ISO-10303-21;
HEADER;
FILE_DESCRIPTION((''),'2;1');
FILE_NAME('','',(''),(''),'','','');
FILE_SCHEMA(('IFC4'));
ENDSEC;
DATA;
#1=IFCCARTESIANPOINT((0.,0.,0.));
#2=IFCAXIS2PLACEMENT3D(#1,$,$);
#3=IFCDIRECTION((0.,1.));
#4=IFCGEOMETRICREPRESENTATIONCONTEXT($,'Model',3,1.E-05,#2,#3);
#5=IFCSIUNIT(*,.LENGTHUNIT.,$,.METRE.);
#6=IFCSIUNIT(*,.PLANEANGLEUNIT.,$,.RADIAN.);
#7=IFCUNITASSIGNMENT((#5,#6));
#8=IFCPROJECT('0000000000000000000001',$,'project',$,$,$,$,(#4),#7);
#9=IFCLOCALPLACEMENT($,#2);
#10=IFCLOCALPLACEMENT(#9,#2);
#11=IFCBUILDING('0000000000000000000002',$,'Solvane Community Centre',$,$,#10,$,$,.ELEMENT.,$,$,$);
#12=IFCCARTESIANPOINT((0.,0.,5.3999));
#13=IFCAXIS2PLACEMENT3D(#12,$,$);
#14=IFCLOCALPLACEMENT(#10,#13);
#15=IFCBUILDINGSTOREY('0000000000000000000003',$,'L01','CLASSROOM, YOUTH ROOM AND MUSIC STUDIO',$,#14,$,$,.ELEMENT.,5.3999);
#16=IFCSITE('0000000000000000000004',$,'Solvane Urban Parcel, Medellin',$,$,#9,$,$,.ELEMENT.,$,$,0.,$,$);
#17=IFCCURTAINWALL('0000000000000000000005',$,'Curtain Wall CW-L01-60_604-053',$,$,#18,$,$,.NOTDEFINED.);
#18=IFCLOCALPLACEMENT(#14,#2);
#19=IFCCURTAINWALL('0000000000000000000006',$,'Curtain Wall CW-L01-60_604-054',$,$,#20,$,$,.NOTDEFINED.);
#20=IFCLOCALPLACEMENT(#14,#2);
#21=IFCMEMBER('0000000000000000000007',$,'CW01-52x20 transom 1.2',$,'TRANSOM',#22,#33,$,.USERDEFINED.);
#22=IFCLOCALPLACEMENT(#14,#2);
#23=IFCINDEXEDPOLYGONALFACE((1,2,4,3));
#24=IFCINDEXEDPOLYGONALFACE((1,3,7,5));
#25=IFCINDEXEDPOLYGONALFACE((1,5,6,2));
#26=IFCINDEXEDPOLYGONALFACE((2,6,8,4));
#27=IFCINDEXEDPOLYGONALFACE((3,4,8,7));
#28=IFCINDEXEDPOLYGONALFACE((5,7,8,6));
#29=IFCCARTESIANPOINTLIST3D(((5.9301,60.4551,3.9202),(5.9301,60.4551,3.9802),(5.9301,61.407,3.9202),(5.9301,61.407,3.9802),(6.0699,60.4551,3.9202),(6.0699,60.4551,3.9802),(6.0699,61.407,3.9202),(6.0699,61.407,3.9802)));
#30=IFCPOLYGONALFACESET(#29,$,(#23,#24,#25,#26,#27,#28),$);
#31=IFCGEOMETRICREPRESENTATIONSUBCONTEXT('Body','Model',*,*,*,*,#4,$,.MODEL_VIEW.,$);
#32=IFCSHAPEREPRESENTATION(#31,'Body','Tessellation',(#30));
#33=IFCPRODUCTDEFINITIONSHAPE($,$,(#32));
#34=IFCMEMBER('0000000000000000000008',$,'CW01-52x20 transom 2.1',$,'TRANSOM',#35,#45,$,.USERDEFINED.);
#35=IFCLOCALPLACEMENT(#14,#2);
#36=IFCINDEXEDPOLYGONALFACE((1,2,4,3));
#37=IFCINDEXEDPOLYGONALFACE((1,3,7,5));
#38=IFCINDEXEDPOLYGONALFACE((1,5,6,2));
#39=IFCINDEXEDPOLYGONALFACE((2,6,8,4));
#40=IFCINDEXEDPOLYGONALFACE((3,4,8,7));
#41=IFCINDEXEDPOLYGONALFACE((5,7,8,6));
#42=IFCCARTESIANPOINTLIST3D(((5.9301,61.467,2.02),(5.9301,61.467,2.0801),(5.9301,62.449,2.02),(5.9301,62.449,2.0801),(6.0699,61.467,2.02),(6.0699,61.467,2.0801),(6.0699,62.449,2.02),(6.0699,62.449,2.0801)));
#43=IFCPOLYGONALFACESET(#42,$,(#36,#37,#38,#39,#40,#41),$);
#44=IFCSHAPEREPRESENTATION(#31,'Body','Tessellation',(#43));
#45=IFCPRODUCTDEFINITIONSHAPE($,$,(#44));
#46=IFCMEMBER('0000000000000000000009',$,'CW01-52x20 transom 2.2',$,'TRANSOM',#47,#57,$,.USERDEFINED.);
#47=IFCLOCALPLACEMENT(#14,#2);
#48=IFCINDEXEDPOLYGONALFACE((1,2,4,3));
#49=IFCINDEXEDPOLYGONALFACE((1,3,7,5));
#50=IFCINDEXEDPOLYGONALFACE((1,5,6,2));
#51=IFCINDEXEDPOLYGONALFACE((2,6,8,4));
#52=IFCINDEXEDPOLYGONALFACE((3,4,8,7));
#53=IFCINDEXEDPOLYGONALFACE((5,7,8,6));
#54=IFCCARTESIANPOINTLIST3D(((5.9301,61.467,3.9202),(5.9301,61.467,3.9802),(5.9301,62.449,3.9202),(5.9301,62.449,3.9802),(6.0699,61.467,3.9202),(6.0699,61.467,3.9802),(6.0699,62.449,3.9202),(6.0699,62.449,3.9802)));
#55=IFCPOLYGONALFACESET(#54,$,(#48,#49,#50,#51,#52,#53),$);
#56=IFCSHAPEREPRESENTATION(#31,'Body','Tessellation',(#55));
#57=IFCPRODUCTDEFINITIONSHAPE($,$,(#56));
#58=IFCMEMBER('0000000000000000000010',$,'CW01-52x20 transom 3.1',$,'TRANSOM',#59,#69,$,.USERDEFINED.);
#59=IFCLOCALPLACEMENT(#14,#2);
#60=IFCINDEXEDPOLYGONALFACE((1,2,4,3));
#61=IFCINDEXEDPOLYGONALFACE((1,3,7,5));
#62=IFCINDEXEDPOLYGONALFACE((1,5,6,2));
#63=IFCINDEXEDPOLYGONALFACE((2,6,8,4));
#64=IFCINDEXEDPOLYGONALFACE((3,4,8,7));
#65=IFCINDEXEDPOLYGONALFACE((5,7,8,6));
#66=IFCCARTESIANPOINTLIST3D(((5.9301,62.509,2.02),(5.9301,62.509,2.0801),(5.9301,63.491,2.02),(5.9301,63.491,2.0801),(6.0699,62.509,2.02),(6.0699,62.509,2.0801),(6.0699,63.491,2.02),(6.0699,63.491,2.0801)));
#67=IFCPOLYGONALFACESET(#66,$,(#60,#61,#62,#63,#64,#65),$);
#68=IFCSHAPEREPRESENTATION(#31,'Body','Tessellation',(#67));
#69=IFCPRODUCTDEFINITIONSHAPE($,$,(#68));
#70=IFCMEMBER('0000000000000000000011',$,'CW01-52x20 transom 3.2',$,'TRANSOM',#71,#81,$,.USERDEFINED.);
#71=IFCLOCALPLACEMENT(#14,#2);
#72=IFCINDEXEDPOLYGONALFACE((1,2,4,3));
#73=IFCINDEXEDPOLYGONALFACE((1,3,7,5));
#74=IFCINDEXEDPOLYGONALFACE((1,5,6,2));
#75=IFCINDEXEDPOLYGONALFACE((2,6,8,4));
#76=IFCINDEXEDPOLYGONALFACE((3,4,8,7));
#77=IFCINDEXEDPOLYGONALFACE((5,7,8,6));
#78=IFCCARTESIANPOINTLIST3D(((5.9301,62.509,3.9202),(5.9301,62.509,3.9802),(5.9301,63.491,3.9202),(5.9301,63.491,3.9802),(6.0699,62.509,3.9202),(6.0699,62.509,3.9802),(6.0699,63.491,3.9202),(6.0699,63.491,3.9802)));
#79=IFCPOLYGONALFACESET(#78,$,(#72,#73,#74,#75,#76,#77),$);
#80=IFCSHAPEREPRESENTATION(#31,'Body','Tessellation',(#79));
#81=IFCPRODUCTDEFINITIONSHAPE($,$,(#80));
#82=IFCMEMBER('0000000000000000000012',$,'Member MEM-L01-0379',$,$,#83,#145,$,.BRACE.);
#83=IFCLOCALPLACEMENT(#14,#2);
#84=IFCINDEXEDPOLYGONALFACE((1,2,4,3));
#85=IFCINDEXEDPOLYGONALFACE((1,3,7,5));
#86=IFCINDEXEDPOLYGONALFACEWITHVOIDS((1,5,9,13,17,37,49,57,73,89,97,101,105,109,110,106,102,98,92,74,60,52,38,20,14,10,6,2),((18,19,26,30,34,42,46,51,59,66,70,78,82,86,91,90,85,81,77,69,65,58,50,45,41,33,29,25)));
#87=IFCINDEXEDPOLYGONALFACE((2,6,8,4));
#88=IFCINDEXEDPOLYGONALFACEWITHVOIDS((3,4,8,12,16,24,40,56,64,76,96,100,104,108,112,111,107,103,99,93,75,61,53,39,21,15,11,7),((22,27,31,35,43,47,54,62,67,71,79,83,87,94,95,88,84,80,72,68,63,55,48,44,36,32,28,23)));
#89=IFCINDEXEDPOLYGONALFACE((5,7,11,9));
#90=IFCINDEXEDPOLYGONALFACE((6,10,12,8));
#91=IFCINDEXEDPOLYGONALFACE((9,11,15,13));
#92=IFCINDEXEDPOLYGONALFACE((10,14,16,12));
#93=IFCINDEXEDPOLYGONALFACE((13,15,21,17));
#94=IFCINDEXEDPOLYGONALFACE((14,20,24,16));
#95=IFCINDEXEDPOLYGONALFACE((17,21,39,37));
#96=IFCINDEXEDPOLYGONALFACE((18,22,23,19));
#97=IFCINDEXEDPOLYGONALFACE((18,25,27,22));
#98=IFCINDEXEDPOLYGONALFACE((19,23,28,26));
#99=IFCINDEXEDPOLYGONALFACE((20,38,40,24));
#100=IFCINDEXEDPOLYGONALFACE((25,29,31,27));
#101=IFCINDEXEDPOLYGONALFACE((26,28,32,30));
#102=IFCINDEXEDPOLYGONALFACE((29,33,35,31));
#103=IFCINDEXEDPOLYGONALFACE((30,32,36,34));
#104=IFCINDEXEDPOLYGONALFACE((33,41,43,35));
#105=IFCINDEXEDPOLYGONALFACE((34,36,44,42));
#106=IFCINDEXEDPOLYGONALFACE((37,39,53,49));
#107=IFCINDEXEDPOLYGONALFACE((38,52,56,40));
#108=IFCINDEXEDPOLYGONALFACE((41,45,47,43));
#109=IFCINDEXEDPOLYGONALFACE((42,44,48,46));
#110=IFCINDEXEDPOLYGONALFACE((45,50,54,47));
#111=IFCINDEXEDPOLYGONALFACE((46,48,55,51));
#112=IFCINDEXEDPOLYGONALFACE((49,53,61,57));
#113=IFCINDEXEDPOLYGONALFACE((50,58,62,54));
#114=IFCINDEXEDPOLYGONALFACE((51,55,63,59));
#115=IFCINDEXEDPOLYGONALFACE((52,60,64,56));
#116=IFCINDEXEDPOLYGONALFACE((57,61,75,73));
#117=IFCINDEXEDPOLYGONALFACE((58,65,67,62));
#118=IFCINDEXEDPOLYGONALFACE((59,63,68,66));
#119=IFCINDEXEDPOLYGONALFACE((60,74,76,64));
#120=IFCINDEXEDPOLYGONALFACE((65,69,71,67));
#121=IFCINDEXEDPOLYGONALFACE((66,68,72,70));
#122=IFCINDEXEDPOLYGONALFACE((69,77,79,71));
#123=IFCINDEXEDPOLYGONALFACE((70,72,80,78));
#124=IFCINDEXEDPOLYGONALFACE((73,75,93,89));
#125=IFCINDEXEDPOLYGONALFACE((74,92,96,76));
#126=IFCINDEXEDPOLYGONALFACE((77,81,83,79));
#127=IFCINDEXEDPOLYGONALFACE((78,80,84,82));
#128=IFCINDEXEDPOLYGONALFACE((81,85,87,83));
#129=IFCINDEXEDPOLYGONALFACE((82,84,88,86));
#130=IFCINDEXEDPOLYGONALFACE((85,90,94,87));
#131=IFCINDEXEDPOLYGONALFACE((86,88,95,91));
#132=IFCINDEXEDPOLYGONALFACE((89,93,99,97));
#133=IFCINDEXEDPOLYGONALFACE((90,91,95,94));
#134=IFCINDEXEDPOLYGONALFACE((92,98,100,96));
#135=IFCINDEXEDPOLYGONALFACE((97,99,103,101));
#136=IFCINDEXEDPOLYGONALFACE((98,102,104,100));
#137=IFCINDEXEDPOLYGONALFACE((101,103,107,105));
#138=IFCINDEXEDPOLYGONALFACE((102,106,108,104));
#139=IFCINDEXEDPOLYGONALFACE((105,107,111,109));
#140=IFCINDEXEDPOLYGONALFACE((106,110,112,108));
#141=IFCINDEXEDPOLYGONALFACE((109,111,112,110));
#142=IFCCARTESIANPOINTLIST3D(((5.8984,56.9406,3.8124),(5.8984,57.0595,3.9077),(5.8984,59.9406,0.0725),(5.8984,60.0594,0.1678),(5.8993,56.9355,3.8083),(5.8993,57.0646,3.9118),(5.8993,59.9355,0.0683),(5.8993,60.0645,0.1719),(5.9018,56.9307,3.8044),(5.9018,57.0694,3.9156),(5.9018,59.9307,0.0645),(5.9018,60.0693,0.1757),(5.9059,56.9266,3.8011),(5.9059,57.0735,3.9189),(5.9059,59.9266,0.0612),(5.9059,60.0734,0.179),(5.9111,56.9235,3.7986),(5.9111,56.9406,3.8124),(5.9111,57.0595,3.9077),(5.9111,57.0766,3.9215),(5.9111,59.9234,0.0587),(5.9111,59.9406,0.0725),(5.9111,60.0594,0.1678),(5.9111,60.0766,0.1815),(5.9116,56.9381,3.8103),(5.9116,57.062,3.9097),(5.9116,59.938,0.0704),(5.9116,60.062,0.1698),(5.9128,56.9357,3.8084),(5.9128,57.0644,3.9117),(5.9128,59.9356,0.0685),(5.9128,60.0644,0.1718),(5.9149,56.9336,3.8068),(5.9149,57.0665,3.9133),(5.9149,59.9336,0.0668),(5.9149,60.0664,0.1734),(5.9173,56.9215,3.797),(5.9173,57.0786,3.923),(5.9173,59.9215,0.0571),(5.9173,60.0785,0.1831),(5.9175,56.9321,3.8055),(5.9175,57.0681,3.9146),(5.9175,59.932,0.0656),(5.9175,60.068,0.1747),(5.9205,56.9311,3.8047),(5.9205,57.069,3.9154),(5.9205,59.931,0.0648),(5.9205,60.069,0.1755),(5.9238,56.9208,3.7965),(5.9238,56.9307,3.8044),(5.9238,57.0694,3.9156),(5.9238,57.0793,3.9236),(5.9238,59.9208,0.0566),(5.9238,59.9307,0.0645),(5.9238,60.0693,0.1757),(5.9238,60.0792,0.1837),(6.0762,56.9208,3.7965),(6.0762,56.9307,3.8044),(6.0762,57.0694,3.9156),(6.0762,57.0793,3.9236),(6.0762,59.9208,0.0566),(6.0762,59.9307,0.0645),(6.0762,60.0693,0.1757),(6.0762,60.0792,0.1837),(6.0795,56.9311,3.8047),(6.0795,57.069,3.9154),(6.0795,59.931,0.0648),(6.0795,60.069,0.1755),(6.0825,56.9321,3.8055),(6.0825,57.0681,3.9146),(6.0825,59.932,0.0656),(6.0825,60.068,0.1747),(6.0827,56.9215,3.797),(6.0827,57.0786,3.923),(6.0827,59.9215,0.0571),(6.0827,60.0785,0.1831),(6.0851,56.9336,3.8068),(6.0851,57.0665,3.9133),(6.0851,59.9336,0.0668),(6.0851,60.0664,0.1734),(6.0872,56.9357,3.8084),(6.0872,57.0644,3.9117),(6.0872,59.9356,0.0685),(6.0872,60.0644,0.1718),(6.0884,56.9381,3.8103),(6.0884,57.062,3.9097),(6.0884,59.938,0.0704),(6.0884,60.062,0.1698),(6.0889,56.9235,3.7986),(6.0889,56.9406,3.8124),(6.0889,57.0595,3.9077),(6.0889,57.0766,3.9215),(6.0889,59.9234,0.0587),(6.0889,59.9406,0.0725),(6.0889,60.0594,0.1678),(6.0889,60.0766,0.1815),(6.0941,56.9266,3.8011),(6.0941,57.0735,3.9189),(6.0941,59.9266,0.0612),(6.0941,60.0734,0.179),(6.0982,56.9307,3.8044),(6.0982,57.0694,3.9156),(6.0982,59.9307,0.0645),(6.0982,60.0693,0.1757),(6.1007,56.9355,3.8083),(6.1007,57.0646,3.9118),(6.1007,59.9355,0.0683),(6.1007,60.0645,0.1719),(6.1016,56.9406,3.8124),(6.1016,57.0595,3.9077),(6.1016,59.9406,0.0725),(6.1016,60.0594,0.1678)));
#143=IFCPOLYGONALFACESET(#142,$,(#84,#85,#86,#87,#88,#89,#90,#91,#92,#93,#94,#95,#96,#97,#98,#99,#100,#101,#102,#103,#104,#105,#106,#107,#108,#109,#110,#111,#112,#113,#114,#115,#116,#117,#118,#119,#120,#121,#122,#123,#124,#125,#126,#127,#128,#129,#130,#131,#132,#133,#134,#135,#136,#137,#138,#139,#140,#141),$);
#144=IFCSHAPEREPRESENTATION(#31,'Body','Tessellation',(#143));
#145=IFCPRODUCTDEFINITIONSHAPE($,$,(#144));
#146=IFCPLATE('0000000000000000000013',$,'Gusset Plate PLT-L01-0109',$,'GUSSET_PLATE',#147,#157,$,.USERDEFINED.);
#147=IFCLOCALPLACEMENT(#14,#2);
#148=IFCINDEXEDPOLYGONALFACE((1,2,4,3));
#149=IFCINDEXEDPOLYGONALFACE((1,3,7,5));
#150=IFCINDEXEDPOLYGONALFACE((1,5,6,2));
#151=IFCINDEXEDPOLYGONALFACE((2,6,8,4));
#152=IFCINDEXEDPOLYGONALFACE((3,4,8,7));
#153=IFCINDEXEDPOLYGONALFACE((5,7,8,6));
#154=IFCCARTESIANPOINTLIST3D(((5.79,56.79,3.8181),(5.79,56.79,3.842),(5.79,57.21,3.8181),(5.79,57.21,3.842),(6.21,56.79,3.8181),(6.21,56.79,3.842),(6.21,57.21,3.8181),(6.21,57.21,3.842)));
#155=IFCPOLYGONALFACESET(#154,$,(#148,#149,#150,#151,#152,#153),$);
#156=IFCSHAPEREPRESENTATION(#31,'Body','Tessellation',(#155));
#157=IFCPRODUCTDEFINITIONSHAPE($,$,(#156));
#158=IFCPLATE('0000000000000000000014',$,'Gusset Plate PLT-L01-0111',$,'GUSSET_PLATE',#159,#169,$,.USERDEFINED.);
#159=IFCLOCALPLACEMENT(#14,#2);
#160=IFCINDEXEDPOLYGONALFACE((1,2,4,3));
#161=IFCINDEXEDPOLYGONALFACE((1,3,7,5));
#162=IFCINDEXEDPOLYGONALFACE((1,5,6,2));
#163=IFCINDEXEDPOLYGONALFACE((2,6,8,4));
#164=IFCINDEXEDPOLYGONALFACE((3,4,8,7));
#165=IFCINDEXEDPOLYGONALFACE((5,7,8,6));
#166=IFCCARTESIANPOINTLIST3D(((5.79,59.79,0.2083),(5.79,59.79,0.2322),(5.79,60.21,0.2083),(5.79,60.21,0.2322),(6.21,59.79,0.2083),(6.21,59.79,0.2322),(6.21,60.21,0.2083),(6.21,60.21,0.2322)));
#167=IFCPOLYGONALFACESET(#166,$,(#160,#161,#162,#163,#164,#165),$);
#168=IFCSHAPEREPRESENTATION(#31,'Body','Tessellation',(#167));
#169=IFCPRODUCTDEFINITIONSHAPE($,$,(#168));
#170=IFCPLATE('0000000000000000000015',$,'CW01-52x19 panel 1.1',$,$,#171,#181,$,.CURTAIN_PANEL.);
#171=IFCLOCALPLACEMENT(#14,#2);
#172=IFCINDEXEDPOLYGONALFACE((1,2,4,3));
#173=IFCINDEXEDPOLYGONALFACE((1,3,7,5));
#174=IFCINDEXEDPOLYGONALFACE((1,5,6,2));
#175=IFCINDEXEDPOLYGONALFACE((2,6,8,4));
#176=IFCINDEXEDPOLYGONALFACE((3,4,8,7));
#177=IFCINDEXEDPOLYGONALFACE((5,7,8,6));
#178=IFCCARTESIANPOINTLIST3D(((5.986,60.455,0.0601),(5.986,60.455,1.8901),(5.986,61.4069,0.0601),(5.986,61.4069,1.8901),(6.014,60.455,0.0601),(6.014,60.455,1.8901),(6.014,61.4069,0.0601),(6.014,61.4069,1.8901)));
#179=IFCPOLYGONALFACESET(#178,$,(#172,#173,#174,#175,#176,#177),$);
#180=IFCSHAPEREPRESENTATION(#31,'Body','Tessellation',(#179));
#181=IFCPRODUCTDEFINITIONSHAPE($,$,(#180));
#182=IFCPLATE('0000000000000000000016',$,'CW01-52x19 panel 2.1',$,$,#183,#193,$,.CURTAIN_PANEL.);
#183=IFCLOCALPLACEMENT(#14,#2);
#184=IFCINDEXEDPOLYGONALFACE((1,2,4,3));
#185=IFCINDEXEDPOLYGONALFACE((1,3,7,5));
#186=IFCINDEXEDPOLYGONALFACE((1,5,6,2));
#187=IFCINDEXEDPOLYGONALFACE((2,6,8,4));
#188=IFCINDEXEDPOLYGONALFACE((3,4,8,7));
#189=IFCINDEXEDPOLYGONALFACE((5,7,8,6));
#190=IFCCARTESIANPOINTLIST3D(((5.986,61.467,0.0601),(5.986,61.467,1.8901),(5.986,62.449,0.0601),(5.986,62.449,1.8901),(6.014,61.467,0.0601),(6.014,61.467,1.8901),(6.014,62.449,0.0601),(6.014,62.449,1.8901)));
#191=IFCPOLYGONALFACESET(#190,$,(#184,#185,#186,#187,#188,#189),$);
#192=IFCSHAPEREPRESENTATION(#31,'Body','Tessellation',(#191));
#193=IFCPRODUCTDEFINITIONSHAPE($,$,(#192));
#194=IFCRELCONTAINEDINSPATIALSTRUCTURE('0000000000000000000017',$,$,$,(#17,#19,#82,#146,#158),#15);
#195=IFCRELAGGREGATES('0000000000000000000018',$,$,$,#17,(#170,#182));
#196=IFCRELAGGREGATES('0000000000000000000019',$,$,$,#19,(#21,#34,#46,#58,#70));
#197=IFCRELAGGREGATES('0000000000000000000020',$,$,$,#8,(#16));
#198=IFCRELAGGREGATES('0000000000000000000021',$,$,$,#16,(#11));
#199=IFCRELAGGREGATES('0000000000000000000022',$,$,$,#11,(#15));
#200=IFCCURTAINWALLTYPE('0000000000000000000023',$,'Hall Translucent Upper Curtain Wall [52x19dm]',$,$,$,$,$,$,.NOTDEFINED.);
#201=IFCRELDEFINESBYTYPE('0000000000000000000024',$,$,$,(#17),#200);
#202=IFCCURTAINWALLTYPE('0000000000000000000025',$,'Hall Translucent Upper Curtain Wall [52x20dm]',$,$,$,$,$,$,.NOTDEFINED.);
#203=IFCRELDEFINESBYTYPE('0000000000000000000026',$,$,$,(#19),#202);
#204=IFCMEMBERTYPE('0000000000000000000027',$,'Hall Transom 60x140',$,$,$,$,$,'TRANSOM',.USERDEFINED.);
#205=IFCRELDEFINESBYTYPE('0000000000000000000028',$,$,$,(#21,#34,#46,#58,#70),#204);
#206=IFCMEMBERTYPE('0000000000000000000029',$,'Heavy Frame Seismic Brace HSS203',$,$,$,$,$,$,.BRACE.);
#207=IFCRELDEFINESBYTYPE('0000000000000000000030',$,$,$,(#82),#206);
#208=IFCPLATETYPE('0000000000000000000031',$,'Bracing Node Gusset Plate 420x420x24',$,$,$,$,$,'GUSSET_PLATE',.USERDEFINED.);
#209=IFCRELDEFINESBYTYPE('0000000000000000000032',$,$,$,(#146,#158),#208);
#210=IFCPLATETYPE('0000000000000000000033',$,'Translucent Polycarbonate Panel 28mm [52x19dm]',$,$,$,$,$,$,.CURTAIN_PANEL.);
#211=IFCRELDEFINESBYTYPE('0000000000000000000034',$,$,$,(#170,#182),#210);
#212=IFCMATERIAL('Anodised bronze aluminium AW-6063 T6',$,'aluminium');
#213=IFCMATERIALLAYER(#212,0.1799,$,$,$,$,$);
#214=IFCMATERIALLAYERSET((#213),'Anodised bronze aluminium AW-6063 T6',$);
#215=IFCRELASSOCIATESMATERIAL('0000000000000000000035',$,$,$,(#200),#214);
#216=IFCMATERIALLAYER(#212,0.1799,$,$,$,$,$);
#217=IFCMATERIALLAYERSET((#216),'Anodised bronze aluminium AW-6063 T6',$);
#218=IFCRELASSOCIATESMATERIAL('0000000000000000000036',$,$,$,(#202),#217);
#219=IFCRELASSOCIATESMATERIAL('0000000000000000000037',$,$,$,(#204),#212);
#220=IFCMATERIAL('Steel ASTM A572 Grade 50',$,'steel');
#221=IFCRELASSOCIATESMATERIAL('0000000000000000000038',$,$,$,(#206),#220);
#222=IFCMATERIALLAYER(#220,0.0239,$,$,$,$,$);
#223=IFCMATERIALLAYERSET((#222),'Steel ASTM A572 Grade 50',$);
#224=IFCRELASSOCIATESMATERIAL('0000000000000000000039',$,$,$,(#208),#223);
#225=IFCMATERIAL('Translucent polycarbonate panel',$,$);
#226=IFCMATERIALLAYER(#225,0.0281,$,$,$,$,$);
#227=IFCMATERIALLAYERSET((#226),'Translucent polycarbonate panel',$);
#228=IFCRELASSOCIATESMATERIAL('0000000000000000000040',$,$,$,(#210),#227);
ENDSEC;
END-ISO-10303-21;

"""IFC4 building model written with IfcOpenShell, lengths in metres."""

from ifc_helpers import new_model, si_unit, direction, frame, origin, origin_2d, place, context, subcontext, project, spatial, rectangle, hollow_rectangle, extrude, material, layer, layer_set, material_profile, profile_set, type_object, element, aggregate, save


model = new_model("IFC4")

# Units and contexts
model_context = context("Model", 3, precision=1e-05, world=origin(), true_north=direction((0.0, 1.0)))
body_context = subcontext(model_context, "Body", "Model", "MODEL_VIEW")
ifc_project = project(units=[si_unit("LENGTHUNIT", "METRE"), si_unit("PLANEANGLEUNIT", "RADIAN")], contexts=[model_context])

# Site, building, storey
site_placement = place(None, origin())
site = spatial("IfcSite", under=ifc_project, at=site_placement, Name="Solvane Urban Parcel, Medellin", CompositionType="ELEMENT", RefElevation=0.0)
building_placement = place(site_placement, origin())
building = spatial("IfcBuilding", under=site, at=building_placement, Name="Solvane Community Centre", CompositionType="ELEMENT")
storey_placement = place(building_placement, frame((0.0, 0.0, 5.3999)))
storey = spatial("IfcBuildingStorey", under=building, at=storey_placement, Name="L01", Description="CLASSROOM, YOUTH ROOM AND MUSIC STUDIO", CompositionType="ELEMENT", Elevation=5.3999)

# Curtain walls
ifc_material_1 = material(Name="Anodised bronze aluminium AW-6063 T6", Category="aluminium")
ifc_layer_1 = layer(ifc_material_1, 0.1799)
ifc_layer_set_1 = layer_set([ifc_layer_1], Name="Anodised bronze aluminium AW-6063 T6")
curtain_wall_type_1 = type_object("IfcCurtainWallType", Name="Hall Translucent Upper Curtain Wall [52x19dm]", PredefinedType="NOTDEFINED", material=ifc_layer_set_1)
curtain_wall_1_placement = place(storey_placement, origin())
curtain_wall_1 = element("IfcCurtainWall", 1, at=curtain_wall_1_placement, inside=storey, type_object=curtain_wall_type_1, Name="Curtain Wall CW-L01-60_604-053", PredefinedType="NOTDEFINED")
ifc_layer_2 = layer(ifc_material_1, 0.1799)
ifc_layer_set_2 = layer_set([ifc_layer_2], Name="Anodised bronze aluminium AW-6063 T6")
curtain_wall_type_2 = type_object("IfcCurtainWallType", Name="Hall Translucent Upper Curtain Wall [52x20dm]", PredefinedType="NOTDEFINED", material=ifc_layer_set_2)
curtain_wall_2_placement = place(storey_placement, origin())
curtain_wall_2 = element("IfcCurtainWall", 2, at=curtain_wall_2_placement, inside=storey, type_object=curtain_wall_type_2, Name="Curtain Wall CW-L01-60_604-054", PredefinedType="NOTDEFINED")

# Members
ifc_material_profile_1 = material_profile(ifc_material_1, rectangle(XDim=0.1399, YDim=0.0601, at=origin_2d()), Name="CW-T 60x140")
ifc_profile_set_1 = profile_set([ifc_material_profile_1], Name="Anodised bronze aluminium AW-6063 T6")
member_type_1 = type_object("IfcMemberType", Name="Hall Transom 60x140", ElementType="TRANSOM", PredefinedType="USERDEFINED", material=ifc_profile_set_1)
member_1_placement = place(storey_placement, frame((6.0, 60.4551, 3.9502), z_axis=(0.0, 1.0, 0.0), x_axis=(-1.0, 0.0, 0.0)))
member_1 = element("IfcMember", 3, at=member_1_placement, type_object=member_type_1, Name="CW01-52x20 transom 1.2", ObjectType="TRANSOM", PredefinedType="USERDEFINED", context=body_context, shape_type="SweptSolid", body=[
    extrude(rectangle(XDim=0.1399, YDim=0.0601, at=origin_2d()), origin(), (0.0, 0.0, 1.0), 0.9519),
])
member_2_placement = place(storey_placement, frame((6.0, 61.467, 2.05), z_axis=(0.0, 1.0, 0.0), x_axis=(-1.0, 0.0, 0.0)))
member_2 = element("IfcMember", 4, at=member_2_placement, type_object=member_type_1, Name="CW01-52x20 transom 2.1", ObjectType="TRANSOM", PredefinedType="USERDEFINED", context=body_context, shape_type="SweptSolid", body=[
    extrude(rectangle(XDim=0.1399, YDim=0.0601, at=origin_2d()), origin(), (0.0, 0.0, 1.0), 0.9819),
])
member_3_placement = place(storey_placement, frame((6.0, 61.467, 3.9502), z_axis=(0.0, 1.0, 0.0), x_axis=(-1.0, 0.0, 0.0)))
member_3 = element("IfcMember", 5, at=member_3_placement, type_object=member_type_1, Name="CW01-52x20 transom 2.2", ObjectType="TRANSOM", PredefinedType="USERDEFINED", context=body_context, shape_type="SweptSolid", body=[
    extrude(rectangle(XDim=0.1399, YDim=0.0601, at=origin_2d()), origin(), (0.0, 0.0, 1.0), 0.9819),
])
member_4_placement = place(storey_placement, frame((6.0, 62.509, 2.05), z_axis=(0.0, 1.0, 0.0), x_axis=(-1.0, 0.0, 0.0)))
member_4 = element("IfcMember", 6, at=member_4_placement, type_object=member_type_1, Name="CW01-52x20 transom 3.1", ObjectType="TRANSOM", PredefinedType="USERDEFINED", context=body_context, shape_type="SweptSolid", body=[
    extrude(rectangle(XDim=0.1399, YDim=0.0601, at=origin_2d()), origin(), (0.0, 0.0, 1.0), 0.9819),
])
member_5_placement = place(storey_placement, frame((6.0, 62.509, 3.9502), z_axis=(0.0, 1.0, 0.0), x_axis=(-1.0, 0.0, 0.0)))
member_5 = element("IfcMember", 7, at=member_5_placement, type_object=member_type_1, Name="CW01-52x20 transom 3.2", ObjectType="TRANSOM", PredefinedType="USERDEFINED", context=body_context, shape_type="SweptSolid", body=[
    extrude(rectangle(XDim=0.1399, YDim=0.0601, at=origin_2d()), origin(), (0.0, 0.0, 1.0), 0.9819),
])
ifc_material_2 = material(Name="Steel ASTM A572 Grade 50", Category="steel")
ifc_material_profile_2 = material_profile(ifc_material_2, hollow_rectangle(XDim=0.2031, YDim=0.2031, WallThickness=0.0127, InnerFilletRadius=0.0127, OuterFilletRadius=0.0254, at=origin_2d()), Name="HSS 203x203x12.7")
ifc_profile_set_2 = profile_set([ifc_material_profile_2], Name="Steel ASTM A572 Grade 50")
member_type_2 = type_object("IfcMemberType", Name="Heavy Frame Seismic Brace HSS203", PredefinedType="BRACE", material=ifc_profile_set_2)
member_6_placement = place(storey_placement, frame((6.0, 60.0, 0.1201), z_axis=(0.0, -0.625713, 0.780053), x_axis=(1.0, 0.0, 0.0)))
element("IfcMember", 8, at=member_6_placement, inside=storey, type_object=member_type_2, Name="Member MEM-L01-0379", PredefinedType="BRACE", context=body_context, shape_type="SweptSolid", body=[
    extrude(hollow_rectangle(XDim=0.2031, YDim=0.2031, WallThickness=0.0127, InnerFilletRadius=0.0127, OuterFilletRadius=0.0254, at=origin_2d()), origin(), (0.0, 0.0, 1.0), 4.7944),
])

# Plates
ifc_layer_3 = layer(ifc_material_2, 0.0239)
ifc_layer_set_3 = layer_set([ifc_layer_3], Name="Steel ASTM A572 Grade 50")
plate_type_1 = type_object("IfcPlateType", Name="Bracing Node Gusset Plate 420x420x24", ElementType="GUSSET_PLATE", PredefinedType="USERDEFINED", material=ifc_layer_set_3)
for number, where, z_axis, x_axis, name in (
    (9, (6.0, 57.0, 3.8181), (0.0, 0.0, 1.0), (1.0, 0.0, 0.0), "Gusset Plate PLT-L01-0109"),
    (10, (6.0, 60.0, 0.2083), (0.0, 0.0, 1.0), (1.0, 0.0, 0.0), "Gusset Plate PLT-L01-0111"),
):
    element("IfcPlate", number, at=place(storey_placement, frame(where, z_axis=z_axis, x_axis=x_axis)), inside=storey, type_object=plate_type_1, Name=name, ObjectType="GUSSET_PLATE", PredefinedType="USERDEFINED", context=body_context, shape_type="SweptSolid", body=[
        extrude(rectangle(XDim=0.4199, YDim=0.4199, at=origin_2d()), origin(), (0.0, 0.0, 1.0), 0.0239),
    ])

# Plates
ifc_material_3 = material(Name="Translucent polycarbonate panel")
ifc_layer_4 = layer(ifc_material_3, 0.0281)
ifc_layer_set_4 = layer_set([ifc_layer_4], Name="Translucent polycarbonate panel")
plate_type_2 = type_object("IfcPlateType", Name="Translucent Polycarbonate Panel 28mm [52x19dm]", PredefinedType="CURTAIN_PANEL", material=ifc_layer_set_4)
plate_1_placement = place(storey_placement, frame((6.0, 60.9309, 0.0601), z_axis=(0.0, 0.0, 1.0), x_axis=(0.0, 1.0, 0.0)))
plate_1 = element("IfcPlate", 11, at=plate_1_placement, type_object=plate_type_2, Name="CW01-52x19 panel 1.1", PredefinedType="CURTAIN_PANEL", context=body_context, shape_type="SweptSolid", body=[
    extrude(rectangle(XDim=0.9519, YDim=0.0281, at=origin_2d()), origin(), (0.0, 0.0, 1.0), 1.8301),
])
plate_2_placement = place(storey_placement, frame((6.0, 61.958, 0.0601), z_axis=(0.0, 0.0, 1.0), x_axis=(0.0, 1.0, 0.0)))
plate_2 = element("IfcPlate", 12, at=plate_2_placement, type_object=plate_type_2, Name="CW01-52x19 panel 2.1", PredefinedType="CURTAIN_PANEL", context=body_context, shape_type="SweptSolid", body=[
    extrude(rectangle(XDim=0.9819, YDim=0.0281, at=origin_2d()), origin(), (0.0, 0.0, 1.0), 1.8301),
])
aggregate(curtain_wall_1, [plate_1, plate_2])
aggregate(curtain_wall_2, [member_1, member_2, member_3, member_4, member_5])

save(model, "model.ifc")
